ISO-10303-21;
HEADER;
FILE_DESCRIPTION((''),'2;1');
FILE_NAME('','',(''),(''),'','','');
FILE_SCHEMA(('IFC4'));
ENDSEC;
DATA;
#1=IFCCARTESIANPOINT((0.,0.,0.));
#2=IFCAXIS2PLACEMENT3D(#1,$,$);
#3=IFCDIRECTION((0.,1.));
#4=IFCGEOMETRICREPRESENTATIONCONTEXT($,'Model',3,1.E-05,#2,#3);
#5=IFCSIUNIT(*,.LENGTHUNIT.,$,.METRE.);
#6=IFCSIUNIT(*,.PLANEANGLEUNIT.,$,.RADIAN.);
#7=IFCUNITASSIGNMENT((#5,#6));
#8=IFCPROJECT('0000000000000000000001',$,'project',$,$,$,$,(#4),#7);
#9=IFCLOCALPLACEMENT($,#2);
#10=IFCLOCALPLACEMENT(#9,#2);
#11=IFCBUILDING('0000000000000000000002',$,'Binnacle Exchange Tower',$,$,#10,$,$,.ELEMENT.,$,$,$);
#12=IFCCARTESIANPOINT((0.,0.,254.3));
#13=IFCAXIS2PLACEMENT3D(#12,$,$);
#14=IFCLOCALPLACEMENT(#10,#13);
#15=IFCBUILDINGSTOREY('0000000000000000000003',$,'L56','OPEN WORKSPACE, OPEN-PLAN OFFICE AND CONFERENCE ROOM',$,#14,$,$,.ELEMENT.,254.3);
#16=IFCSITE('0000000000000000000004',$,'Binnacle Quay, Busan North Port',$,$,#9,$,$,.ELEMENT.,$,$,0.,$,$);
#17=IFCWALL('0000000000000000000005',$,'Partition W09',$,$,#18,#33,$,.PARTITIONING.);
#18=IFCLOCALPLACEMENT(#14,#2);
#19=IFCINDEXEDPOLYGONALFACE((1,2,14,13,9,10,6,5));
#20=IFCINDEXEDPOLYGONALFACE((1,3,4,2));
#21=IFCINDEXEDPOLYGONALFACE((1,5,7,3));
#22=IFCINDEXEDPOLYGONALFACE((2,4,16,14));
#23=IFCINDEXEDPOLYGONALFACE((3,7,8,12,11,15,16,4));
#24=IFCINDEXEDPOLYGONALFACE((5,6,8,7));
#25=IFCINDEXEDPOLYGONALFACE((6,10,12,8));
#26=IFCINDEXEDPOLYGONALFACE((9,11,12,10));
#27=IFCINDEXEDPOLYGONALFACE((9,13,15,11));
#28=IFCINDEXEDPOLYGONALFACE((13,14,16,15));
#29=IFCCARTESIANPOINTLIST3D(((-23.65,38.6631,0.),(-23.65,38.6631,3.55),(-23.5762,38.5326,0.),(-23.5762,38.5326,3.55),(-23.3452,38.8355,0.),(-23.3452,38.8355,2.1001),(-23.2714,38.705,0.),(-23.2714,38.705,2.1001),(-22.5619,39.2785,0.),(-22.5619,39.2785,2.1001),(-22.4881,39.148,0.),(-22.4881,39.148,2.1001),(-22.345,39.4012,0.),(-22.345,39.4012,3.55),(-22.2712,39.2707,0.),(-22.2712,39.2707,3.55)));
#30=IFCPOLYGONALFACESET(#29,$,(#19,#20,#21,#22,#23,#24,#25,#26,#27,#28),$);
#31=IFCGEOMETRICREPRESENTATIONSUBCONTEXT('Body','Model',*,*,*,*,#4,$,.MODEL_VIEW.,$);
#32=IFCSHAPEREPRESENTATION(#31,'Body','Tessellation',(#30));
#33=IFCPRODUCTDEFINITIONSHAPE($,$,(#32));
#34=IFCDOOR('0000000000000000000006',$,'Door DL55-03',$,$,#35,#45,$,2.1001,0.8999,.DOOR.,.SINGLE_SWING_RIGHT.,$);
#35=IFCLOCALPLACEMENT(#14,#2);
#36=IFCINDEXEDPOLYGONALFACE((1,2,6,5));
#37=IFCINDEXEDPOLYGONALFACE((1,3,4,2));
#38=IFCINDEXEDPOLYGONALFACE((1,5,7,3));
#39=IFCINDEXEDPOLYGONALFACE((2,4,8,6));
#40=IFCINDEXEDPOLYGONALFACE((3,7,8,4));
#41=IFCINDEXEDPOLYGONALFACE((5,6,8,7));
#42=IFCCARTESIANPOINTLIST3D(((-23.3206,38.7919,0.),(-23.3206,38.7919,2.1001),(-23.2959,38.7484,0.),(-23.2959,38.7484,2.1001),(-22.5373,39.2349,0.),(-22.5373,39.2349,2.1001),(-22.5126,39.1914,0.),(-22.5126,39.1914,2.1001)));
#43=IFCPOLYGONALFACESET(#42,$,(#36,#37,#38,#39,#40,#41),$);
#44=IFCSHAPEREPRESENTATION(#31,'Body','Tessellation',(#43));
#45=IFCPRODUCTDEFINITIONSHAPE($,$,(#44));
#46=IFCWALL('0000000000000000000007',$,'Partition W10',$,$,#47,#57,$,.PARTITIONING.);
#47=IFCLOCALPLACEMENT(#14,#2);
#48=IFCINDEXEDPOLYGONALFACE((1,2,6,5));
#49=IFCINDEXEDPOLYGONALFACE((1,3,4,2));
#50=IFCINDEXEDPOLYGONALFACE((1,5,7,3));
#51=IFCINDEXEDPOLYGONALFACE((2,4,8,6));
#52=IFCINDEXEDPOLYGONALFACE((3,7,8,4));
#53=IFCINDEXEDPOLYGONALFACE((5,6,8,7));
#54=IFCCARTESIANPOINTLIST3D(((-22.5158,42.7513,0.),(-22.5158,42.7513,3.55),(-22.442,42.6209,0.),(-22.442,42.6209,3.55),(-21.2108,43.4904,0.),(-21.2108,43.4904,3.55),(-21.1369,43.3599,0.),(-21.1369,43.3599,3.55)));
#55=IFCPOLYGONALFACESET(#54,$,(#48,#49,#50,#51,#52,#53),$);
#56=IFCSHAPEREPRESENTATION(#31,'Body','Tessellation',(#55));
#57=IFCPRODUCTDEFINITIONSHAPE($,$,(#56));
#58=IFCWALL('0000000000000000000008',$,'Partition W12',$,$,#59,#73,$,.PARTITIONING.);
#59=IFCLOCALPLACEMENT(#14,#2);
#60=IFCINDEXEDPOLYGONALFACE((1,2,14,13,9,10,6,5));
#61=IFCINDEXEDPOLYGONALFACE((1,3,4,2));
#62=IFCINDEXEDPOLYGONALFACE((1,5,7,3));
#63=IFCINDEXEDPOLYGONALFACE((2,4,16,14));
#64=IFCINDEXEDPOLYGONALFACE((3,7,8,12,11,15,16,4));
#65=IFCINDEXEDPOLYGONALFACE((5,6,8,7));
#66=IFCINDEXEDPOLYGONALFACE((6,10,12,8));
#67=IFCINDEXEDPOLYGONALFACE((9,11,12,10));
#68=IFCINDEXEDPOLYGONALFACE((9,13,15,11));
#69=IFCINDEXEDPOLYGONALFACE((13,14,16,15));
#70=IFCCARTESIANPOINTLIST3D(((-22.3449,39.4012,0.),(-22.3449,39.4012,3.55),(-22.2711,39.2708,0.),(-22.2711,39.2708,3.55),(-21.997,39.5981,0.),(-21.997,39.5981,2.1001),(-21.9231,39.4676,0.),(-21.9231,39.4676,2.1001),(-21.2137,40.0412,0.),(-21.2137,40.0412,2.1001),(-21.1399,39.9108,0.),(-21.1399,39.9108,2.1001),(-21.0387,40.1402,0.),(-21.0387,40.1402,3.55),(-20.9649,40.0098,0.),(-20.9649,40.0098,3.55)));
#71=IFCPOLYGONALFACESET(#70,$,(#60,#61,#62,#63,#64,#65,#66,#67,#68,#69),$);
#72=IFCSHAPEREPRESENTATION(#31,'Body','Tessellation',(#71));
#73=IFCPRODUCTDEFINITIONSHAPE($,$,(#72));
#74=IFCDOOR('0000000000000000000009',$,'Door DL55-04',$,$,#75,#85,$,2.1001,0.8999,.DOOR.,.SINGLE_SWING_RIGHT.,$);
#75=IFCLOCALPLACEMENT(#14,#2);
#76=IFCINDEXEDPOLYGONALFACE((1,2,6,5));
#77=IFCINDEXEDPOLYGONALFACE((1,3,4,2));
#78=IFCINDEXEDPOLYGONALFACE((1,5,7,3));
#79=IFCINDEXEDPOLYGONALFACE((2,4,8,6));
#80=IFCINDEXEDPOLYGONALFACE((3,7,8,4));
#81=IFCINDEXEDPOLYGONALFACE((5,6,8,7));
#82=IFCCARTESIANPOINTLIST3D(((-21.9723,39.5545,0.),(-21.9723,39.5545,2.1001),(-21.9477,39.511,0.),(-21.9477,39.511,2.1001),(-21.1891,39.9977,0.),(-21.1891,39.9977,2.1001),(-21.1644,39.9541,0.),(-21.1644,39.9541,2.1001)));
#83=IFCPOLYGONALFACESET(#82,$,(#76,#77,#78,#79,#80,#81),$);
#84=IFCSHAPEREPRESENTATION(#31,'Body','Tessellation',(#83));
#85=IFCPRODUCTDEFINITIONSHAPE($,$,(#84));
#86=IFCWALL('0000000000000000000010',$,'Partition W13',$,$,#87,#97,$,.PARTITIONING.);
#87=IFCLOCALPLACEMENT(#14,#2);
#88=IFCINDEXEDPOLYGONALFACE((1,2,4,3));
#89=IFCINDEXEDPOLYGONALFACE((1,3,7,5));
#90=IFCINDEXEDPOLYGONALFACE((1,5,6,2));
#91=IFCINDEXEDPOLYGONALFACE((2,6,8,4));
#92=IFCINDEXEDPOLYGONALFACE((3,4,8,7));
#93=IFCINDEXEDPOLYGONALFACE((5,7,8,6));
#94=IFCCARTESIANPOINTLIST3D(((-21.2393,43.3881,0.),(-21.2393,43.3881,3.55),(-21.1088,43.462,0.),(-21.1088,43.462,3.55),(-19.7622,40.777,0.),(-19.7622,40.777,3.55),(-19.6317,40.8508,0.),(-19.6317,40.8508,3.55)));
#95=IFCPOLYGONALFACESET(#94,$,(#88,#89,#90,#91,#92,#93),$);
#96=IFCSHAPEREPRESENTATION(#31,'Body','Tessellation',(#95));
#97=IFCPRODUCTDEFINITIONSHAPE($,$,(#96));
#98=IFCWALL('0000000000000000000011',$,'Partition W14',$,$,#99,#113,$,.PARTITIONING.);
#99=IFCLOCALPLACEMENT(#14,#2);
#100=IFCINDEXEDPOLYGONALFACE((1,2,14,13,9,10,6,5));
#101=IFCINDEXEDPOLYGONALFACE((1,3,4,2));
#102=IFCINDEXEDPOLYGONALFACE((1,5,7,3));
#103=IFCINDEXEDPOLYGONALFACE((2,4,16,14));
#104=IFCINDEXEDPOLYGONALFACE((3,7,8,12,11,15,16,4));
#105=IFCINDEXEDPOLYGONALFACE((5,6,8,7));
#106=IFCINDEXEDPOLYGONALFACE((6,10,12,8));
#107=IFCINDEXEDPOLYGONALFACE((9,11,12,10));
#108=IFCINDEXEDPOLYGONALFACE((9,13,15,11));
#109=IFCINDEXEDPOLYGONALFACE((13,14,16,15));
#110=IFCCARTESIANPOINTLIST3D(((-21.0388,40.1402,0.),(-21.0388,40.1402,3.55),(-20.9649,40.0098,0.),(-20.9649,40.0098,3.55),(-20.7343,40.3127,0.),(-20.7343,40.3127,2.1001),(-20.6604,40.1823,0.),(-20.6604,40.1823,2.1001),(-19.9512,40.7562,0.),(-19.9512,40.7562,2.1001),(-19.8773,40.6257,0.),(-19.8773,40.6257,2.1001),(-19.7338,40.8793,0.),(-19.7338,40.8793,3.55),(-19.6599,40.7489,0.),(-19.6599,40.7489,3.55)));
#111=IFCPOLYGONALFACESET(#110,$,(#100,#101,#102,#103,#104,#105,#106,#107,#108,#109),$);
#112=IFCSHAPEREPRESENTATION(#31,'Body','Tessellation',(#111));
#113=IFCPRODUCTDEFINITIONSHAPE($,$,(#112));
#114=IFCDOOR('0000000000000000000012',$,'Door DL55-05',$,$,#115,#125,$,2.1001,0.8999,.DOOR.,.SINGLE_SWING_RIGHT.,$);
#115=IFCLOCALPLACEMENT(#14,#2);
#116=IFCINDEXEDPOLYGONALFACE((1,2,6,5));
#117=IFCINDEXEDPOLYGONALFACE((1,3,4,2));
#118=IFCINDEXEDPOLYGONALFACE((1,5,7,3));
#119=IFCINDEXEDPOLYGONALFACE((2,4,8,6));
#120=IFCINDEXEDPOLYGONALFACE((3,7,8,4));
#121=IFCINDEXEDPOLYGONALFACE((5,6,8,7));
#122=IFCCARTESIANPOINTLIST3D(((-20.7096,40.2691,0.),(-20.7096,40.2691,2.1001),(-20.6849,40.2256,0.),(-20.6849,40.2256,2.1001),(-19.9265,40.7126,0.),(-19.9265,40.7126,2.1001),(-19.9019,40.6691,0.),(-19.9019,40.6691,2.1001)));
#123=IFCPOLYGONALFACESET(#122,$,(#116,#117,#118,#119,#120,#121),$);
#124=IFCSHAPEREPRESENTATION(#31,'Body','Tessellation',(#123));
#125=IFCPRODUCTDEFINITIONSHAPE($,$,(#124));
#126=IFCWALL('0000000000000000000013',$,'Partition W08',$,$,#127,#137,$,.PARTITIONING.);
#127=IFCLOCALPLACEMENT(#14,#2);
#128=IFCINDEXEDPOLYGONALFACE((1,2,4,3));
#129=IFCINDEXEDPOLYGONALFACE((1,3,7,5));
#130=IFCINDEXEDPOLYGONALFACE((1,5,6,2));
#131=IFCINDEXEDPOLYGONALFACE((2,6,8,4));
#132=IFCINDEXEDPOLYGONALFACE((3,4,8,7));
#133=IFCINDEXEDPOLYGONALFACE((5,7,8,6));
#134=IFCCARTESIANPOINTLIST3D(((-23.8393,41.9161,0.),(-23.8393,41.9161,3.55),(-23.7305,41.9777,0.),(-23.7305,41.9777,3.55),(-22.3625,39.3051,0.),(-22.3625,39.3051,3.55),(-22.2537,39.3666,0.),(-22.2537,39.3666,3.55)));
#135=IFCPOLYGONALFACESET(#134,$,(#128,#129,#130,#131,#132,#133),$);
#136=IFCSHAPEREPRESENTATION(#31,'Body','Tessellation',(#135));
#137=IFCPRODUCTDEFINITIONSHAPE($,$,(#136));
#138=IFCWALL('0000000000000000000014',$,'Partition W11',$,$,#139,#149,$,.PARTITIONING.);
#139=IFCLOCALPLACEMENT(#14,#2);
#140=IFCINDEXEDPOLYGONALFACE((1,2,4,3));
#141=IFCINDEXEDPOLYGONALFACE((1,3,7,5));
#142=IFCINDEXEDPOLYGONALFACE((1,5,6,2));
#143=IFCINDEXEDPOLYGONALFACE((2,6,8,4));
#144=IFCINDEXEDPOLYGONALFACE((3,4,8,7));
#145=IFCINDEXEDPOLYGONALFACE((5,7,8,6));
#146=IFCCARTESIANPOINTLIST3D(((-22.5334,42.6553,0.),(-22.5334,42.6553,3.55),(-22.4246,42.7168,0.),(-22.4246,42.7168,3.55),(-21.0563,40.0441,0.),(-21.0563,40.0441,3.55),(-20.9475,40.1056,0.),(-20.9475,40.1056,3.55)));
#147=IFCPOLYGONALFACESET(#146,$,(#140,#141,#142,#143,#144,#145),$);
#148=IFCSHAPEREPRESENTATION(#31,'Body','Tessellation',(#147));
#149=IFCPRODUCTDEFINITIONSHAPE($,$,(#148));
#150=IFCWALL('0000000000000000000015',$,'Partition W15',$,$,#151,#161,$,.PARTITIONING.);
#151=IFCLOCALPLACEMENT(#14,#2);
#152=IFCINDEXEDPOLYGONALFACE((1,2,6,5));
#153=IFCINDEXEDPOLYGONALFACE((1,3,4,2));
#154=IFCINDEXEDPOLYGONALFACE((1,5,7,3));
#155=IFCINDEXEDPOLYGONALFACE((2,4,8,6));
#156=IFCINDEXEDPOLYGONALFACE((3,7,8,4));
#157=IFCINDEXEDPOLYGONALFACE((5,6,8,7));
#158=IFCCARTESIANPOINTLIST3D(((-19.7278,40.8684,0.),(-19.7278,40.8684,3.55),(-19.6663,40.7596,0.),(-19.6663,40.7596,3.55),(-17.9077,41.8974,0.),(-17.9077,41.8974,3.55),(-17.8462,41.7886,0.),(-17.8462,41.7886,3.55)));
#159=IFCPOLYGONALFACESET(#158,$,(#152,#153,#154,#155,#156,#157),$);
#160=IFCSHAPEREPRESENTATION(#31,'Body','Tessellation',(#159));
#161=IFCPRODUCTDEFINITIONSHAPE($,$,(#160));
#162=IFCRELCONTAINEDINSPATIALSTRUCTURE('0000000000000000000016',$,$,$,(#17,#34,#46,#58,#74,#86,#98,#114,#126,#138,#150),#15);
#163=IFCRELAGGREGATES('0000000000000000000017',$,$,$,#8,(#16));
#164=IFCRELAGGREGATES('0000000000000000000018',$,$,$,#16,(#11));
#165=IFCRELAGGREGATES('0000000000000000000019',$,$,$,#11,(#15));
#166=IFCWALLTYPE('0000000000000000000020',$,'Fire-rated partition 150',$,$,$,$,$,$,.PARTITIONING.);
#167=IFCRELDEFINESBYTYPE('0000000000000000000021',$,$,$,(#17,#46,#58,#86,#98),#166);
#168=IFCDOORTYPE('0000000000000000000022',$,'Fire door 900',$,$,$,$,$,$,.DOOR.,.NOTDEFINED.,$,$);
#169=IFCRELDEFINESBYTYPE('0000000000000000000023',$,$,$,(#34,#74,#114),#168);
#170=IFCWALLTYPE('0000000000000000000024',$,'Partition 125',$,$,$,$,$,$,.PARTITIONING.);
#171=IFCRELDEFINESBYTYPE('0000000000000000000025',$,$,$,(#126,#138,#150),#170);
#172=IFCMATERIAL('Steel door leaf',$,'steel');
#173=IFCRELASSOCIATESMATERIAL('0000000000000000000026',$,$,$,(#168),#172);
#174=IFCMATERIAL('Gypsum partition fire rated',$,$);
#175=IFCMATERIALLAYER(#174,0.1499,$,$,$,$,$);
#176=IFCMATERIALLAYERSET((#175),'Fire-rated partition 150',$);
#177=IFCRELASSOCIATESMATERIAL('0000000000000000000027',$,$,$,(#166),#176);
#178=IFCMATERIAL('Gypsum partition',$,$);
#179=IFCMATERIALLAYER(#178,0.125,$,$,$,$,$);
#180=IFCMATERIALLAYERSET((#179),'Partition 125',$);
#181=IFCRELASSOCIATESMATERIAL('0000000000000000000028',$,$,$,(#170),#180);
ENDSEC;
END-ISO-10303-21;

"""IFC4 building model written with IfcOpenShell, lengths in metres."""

from ifc_helpers import new_model, si_unit, direction, frame, frame_2d, origin, place, context, subcontext, project, spatial, rectangle, extrude, material, layer, layer_set, type_object, element, fill, save


model = new_model("IFC4")

# Units and contexts
model_context = context("Model", 3, precision=1e-05, world=origin(), true_north=direction((0.0, 1.0)))
body_context = subcontext(model_context, "Body", "Model", "MODEL_VIEW")
ifc_project = project(units=[si_unit("LENGTHUNIT", "METRE"), si_unit("PLANEANGLEUNIT", "RADIAN")], contexts=[model_context])

# Site, building, storey
site_placement = place(None, origin())
site = spatial("IfcSite", under=ifc_project, at=site_placement, Name="Binnacle Quay, Busan North Port", CompositionType="ELEMENT", RefElevation=0.0)
building_placement = place(site_placement, origin())
building = spatial("IfcBuilding", under=site, at=building_placement, Name="Binnacle Exchange Tower", CompositionType="ELEMENT")
storey_placement = place(building_placement, frame((0.0, 0.0, 254.3)))
storey = spatial("IfcBuildingStorey", under=building, at=storey_placement, Name="L56", Description="OPEN WORKSPACE, OPEN-PLAN OFFICE AND CONFERENCE ROOM", CompositionType="ELEMENT", Elevation=254.3)

# Shared definitions
ifc_material_1 = material(Name="Steel door leaf", Category="steel")
door_type_1 = type_object("IfcDoorType", Name="Fire door 900", OperationType="NOTDEFINED", PredefinedType="DOOR", material=ifc_material_1)

# Shared definitions
ifc_material_2 = material(Name="Gypsum partition fire rated")
ifc_layer_1 = layer(ifc_material_2, 0.1499)
ifc_layer_set_1 = layer_set([ifc_layer_1], Name="Fire-rated partition 150")
wall_type_1 = type_object("IfcWallType", Name="Fire-rated partition 150", PredefinedType="PARTITIONING", material=ifc_layer_set_1)

# Wall, opening, door
wall_1_placement = place(storey_placement, frame((-23.613, 38.5979, 0.0), z_axis=(0.0, 0.0, 1.0), x_axis=(0.870429, 0.492293, 0.0)))
wall_1 = element("IfcWall", 1, at=wall_1_placement, inside=storey, type_object=wall_type_1, Name="Partition W09", PredefinedType="PARTITIONING", context=body_context, shape_type="SweptSolid", body=[
    extrude(rectangle(XDim=1.4993, YDim=0.1499, at=frame_2d((0.7495, 0.0))), origin(), (0.0, 0.0, 1.0), 3.55),
])
opening_1_placement = place(wall_1_placement, frame((0.3501, 0.0, 0.0)))
opening_1 = element("IfcOpeningElement", 2, at=opening_1_placement, cuts=wall_1, PredefinedType="OPENING", context=body_context, shape_type="SweptSolid", body=[
    extrude(rectangle(XDim=0.8999, YDim=2.1001, at=frame_2d((0.45, 1.05))), frame((0.0, 0.085, 0.0), z_axis=(0.0, -1.0, 0.0), x_axis=(1.0, 0.0, 0.0)), (0.0, 0.0, 1.0), 0.1699),
])
door_1_placement = place(opening_1_placement, origin())
door_1 = element("IfcDoor", 3, at=door_1_placement, inside=storey, type_object=door_type_1, Name="Door DL55-03", OperationType="SINGLE_SWING_RIGHT", OverallHeight=2.1001, OverallWidth=0.8999, PredefinedType="DOOR", context=body_context, shape_type="SweptSolid", body=[
    extrude(rectangle(XDim=0.8999, YDim=2.1001, at=frame_2d((0.45, 1.05))), frame((0.0, 0.0249, 0.0), z_axis=(0.0, -1.0, 0.0), x_axis=(1.0, 0.0, 0.0)), (0.0, 0.0, 1.0), 0.05),
])
fill(opening_1, door_1)

# Wall
wall_2_placement = place(storey_placement, frame((-22.479, 42.686, 0.0), z_axis=(0.0, 0.0, 1.0), x_axis=(0.87015, 0.492787, 0.0)))
element("IfcWall", 4, at=wall_2_placement, inside=storey, type_object=wall_type_1, Name="Partition W10", PredefinedType="PARTITIONING", context=body_context, shape_type="SweptSolid", body=[
    extrude(rectangle(XDim=1.4998, YDim=0.1499, at=frame_2d((0.75, 0.0))), origin(), (0.0, 0.0, 1.0), 3.55),
])

# Wall, opening, door
wall_3_placement = place(storey_placement, frame((-22.3081, 39.3359, 0.0), z_axis=(0.0, 0.0, 1.0), x_axis=(0.870348, 0.492438, 0.0)))
wall_3 = element("IfcWall", 5, at=wall_3_placement, inside=storey, type_object=wall_type_1, Name="Partition W12", PredefinedType="PARTITIONING", context=body_context, shape_type="SweptSolid", body=[
    extrude(rectangle(XDim=1.5007, YDim=0.1499, at=frame_2d((0.7505, 0.0))), origin(), (0.0, 0.0, 1.0), 3.55),
])
opening_2_placement = place(wall_3_placement, frame((0.3999, 0.0, 0.0)))
opening_2 = element("IfcOpeningElement", 6, at=opening_2_placement, cuts=wall_3, PredefinedType="OPENING", context=body_context, shape_type="SweptSolid", body=[
    extrude(rectangle(XDim=0.8999, YDim=2.1001, at=frame_2d((0.45, 1.05))), frame((0.0, 0.085, 0.0), z_axis=(0.0, -1.0, 0.0), x_axis=(1.0, 0.0, 0.0)), (0.0, 0.0, 1.0), 0.1699),
])
door_2_placement = place(opening_2_placement, origin())
door_2 = element("IfcDoor", 7, at=door_2_placement, inside=storey, type_object=door_type_1, Name="Door DL55-04", OperationType="SINGLE_SWING_RIGHT", OverallHeight=2.1001, OverallWidth=0.8999, PredefinedType="DOOR", context=body_context, shape_type="SweptSolid", body=[
    extrude(rectangle(XDim=0.8999, YDim=2.1001, at=frame_2d((0.45, 1.05))), frame((0.0, 0.0249, 0.0), z_axis=(0.0, -1.0, 0.0), x_axis=(1.0, 0.0, 0.0)), (0.0, 0.0, 1.0), 0.05),
])
fill(opening_2, door_2)

# Wall
wall_4_placement = place(storey_placement, frame((-21.1741, 43.425, 0.0), z_axis=(0.0, 0.0, 1.0), x_axis=(0.492366, -0.870388, 0.0)))
element("IfcWall", 8, at=wall_4_placement, inside=storey, type_object=wall_type_1, Name="Partition W13", PredefinedType="PARTITIONING", context=body_context, shape_type="SweptSolid", body=[
    extrude(rectangle(XDim=3.0, YDim=0.1499, at=frame_2d((1.5, 0.0))), origin(), (0.0, 0.0, 1.0), 3.55),
])

# Wall, opening, door
wall_5_placement = place(storey_placement, frame((-21.002, 40.075, 0.0), z_axis=(0.0, 0.0, 1.0), x_axis=(0.87015, 0.492787, 0.0)))
wall_5 = element("IfcWall", 9, at=wall_5_placement, inside=storey, type_object=wall_type_1, Name="Partition W14", PredefinedType="PARTITIONING", context=body_context, shape_type="SweptSolid", body=[
    extrude(rectangle(XDim=1.4998, YDim=0.1499, at=frame_2d((0.75, 0.0))), origin(), (0.0, 0.0, 1.0), 3.55),
])
opening_3_placement = place(wall_5_placement, frame((0.3501, 0.0, 0.0)))
opening_3 = element("IfcOpeningElement", 10, at=opening_3_placement, cuts=wall_5, PredefinedType="OPENING", context=body_context, shape_type="SweptSolid", body=[
    extrude(rectangle(XDim=0.8999, YDim=2.1001, at=frame_2d((0.45, 1.05))), frame((0.0, 0.085, 0.0), z_axis=(0.0, -1.0, 0.0), x_axis=(1.0, 0.0, 0.0)), (0.0, 0.0, 1.0), 0.1699),
])
door_3_placement = place(opening_3_placement, origin())
door_3 = element("IfcDoor", 11, at=door_3_placement, inside=storey, type_object=door_type_1, Name="Door DL55-05", OperationType="SINGLE_SWING_RIGHT", OverallHeight=2.1001, OverallWidth=0.8999, PredefinedType="DOOR", context=body_context, shape_type="SweptSolid", body=[
    extrude(rectangle(XDim=0.8999, YDim=2.1001, at=frame_2d((0.45, 1.05))), frame((0.0, 0.0249, 0.0), z_axis=(0.0, -1.0, 0.0), x_axis=(1.0, 0.0, 0.0)), (0.0, 0.0, 1.0), 0.05),
])
fill(opening_3, door_3)

# Walls
ifc_material_3 = material(Name="Gypsum partition")
ifc_layer_2 = layer(ifc_material_3, 0.125)
ifc_layer_set_2 = layer_set([ifc_layer_2], Name="Partition 125")
wall_type_2 = type_object("IfcWallType", Name="Partition 125", PredefinedType="PARTITIONING", material=ifc_layer_set_2)
wall_6_placement = place(storey_placement, frame((-23.7849, 41.947, 0.0), z_axis=(0.0, 0.0, 1.0), x_axis=(0.492304, -0.870423, 0.0)))
element("IfcWall", 12, at=wall_6_placement, inside=storey, type_object=wall_type_2, Name="Partition W08", PredefinedType="PARTITIONING", context=body_context, shape_type="SweptSolid", body=[
    extrude(rectangle(XDim=2.9998, YDim=0.125, at=frame_2d((1.5, 0.0))), origin(), (0.0, 0.0, 1.0), 3.55),
])
wall_7_placement = place(storey_placement, frame((-22.479, 42.686, 0.0), z_axis=(0.0, 0.0, 1.0), x_axis=(0.492366, -0.870388, 0.0)))
element("IfcWall", 13, at=wall_7_placement, inside=storey, type_object=wall_type_2, Name="Partition W11", PredefinedType="PARTITIONING", context=body_context, shape_type="SweptSolid", body=[
    extrude(rectangle(XDim=3.0, YDim=0.125, at=frame_2d((1.5, 0.0))), origin(), (0.0, 0.0, 1.0), 3.55),
])
wall_8_placement = place(storey_placement, frame((-19.697, 40.814, 0.0), z_axis=(0.0, 0.0, 1.0), x_axis=(0.870498, 0.492173, 0.0)))
element("IfcWall", 14, at=wall_8_placement, inside=storey, type_object=wall_type_2, Name="Partition W15", PredefinedType="PARTITIONING", context=body_context, shape_type="SweptSolid", body=[
    extrude(rectangle(XDim=2.0908, YDim=0.125, at=frame_2d((1.0454, 0.0))), origin(), (0.0, 0.0, 1.0), 3.55),
])

save(model, "model.ifc")
